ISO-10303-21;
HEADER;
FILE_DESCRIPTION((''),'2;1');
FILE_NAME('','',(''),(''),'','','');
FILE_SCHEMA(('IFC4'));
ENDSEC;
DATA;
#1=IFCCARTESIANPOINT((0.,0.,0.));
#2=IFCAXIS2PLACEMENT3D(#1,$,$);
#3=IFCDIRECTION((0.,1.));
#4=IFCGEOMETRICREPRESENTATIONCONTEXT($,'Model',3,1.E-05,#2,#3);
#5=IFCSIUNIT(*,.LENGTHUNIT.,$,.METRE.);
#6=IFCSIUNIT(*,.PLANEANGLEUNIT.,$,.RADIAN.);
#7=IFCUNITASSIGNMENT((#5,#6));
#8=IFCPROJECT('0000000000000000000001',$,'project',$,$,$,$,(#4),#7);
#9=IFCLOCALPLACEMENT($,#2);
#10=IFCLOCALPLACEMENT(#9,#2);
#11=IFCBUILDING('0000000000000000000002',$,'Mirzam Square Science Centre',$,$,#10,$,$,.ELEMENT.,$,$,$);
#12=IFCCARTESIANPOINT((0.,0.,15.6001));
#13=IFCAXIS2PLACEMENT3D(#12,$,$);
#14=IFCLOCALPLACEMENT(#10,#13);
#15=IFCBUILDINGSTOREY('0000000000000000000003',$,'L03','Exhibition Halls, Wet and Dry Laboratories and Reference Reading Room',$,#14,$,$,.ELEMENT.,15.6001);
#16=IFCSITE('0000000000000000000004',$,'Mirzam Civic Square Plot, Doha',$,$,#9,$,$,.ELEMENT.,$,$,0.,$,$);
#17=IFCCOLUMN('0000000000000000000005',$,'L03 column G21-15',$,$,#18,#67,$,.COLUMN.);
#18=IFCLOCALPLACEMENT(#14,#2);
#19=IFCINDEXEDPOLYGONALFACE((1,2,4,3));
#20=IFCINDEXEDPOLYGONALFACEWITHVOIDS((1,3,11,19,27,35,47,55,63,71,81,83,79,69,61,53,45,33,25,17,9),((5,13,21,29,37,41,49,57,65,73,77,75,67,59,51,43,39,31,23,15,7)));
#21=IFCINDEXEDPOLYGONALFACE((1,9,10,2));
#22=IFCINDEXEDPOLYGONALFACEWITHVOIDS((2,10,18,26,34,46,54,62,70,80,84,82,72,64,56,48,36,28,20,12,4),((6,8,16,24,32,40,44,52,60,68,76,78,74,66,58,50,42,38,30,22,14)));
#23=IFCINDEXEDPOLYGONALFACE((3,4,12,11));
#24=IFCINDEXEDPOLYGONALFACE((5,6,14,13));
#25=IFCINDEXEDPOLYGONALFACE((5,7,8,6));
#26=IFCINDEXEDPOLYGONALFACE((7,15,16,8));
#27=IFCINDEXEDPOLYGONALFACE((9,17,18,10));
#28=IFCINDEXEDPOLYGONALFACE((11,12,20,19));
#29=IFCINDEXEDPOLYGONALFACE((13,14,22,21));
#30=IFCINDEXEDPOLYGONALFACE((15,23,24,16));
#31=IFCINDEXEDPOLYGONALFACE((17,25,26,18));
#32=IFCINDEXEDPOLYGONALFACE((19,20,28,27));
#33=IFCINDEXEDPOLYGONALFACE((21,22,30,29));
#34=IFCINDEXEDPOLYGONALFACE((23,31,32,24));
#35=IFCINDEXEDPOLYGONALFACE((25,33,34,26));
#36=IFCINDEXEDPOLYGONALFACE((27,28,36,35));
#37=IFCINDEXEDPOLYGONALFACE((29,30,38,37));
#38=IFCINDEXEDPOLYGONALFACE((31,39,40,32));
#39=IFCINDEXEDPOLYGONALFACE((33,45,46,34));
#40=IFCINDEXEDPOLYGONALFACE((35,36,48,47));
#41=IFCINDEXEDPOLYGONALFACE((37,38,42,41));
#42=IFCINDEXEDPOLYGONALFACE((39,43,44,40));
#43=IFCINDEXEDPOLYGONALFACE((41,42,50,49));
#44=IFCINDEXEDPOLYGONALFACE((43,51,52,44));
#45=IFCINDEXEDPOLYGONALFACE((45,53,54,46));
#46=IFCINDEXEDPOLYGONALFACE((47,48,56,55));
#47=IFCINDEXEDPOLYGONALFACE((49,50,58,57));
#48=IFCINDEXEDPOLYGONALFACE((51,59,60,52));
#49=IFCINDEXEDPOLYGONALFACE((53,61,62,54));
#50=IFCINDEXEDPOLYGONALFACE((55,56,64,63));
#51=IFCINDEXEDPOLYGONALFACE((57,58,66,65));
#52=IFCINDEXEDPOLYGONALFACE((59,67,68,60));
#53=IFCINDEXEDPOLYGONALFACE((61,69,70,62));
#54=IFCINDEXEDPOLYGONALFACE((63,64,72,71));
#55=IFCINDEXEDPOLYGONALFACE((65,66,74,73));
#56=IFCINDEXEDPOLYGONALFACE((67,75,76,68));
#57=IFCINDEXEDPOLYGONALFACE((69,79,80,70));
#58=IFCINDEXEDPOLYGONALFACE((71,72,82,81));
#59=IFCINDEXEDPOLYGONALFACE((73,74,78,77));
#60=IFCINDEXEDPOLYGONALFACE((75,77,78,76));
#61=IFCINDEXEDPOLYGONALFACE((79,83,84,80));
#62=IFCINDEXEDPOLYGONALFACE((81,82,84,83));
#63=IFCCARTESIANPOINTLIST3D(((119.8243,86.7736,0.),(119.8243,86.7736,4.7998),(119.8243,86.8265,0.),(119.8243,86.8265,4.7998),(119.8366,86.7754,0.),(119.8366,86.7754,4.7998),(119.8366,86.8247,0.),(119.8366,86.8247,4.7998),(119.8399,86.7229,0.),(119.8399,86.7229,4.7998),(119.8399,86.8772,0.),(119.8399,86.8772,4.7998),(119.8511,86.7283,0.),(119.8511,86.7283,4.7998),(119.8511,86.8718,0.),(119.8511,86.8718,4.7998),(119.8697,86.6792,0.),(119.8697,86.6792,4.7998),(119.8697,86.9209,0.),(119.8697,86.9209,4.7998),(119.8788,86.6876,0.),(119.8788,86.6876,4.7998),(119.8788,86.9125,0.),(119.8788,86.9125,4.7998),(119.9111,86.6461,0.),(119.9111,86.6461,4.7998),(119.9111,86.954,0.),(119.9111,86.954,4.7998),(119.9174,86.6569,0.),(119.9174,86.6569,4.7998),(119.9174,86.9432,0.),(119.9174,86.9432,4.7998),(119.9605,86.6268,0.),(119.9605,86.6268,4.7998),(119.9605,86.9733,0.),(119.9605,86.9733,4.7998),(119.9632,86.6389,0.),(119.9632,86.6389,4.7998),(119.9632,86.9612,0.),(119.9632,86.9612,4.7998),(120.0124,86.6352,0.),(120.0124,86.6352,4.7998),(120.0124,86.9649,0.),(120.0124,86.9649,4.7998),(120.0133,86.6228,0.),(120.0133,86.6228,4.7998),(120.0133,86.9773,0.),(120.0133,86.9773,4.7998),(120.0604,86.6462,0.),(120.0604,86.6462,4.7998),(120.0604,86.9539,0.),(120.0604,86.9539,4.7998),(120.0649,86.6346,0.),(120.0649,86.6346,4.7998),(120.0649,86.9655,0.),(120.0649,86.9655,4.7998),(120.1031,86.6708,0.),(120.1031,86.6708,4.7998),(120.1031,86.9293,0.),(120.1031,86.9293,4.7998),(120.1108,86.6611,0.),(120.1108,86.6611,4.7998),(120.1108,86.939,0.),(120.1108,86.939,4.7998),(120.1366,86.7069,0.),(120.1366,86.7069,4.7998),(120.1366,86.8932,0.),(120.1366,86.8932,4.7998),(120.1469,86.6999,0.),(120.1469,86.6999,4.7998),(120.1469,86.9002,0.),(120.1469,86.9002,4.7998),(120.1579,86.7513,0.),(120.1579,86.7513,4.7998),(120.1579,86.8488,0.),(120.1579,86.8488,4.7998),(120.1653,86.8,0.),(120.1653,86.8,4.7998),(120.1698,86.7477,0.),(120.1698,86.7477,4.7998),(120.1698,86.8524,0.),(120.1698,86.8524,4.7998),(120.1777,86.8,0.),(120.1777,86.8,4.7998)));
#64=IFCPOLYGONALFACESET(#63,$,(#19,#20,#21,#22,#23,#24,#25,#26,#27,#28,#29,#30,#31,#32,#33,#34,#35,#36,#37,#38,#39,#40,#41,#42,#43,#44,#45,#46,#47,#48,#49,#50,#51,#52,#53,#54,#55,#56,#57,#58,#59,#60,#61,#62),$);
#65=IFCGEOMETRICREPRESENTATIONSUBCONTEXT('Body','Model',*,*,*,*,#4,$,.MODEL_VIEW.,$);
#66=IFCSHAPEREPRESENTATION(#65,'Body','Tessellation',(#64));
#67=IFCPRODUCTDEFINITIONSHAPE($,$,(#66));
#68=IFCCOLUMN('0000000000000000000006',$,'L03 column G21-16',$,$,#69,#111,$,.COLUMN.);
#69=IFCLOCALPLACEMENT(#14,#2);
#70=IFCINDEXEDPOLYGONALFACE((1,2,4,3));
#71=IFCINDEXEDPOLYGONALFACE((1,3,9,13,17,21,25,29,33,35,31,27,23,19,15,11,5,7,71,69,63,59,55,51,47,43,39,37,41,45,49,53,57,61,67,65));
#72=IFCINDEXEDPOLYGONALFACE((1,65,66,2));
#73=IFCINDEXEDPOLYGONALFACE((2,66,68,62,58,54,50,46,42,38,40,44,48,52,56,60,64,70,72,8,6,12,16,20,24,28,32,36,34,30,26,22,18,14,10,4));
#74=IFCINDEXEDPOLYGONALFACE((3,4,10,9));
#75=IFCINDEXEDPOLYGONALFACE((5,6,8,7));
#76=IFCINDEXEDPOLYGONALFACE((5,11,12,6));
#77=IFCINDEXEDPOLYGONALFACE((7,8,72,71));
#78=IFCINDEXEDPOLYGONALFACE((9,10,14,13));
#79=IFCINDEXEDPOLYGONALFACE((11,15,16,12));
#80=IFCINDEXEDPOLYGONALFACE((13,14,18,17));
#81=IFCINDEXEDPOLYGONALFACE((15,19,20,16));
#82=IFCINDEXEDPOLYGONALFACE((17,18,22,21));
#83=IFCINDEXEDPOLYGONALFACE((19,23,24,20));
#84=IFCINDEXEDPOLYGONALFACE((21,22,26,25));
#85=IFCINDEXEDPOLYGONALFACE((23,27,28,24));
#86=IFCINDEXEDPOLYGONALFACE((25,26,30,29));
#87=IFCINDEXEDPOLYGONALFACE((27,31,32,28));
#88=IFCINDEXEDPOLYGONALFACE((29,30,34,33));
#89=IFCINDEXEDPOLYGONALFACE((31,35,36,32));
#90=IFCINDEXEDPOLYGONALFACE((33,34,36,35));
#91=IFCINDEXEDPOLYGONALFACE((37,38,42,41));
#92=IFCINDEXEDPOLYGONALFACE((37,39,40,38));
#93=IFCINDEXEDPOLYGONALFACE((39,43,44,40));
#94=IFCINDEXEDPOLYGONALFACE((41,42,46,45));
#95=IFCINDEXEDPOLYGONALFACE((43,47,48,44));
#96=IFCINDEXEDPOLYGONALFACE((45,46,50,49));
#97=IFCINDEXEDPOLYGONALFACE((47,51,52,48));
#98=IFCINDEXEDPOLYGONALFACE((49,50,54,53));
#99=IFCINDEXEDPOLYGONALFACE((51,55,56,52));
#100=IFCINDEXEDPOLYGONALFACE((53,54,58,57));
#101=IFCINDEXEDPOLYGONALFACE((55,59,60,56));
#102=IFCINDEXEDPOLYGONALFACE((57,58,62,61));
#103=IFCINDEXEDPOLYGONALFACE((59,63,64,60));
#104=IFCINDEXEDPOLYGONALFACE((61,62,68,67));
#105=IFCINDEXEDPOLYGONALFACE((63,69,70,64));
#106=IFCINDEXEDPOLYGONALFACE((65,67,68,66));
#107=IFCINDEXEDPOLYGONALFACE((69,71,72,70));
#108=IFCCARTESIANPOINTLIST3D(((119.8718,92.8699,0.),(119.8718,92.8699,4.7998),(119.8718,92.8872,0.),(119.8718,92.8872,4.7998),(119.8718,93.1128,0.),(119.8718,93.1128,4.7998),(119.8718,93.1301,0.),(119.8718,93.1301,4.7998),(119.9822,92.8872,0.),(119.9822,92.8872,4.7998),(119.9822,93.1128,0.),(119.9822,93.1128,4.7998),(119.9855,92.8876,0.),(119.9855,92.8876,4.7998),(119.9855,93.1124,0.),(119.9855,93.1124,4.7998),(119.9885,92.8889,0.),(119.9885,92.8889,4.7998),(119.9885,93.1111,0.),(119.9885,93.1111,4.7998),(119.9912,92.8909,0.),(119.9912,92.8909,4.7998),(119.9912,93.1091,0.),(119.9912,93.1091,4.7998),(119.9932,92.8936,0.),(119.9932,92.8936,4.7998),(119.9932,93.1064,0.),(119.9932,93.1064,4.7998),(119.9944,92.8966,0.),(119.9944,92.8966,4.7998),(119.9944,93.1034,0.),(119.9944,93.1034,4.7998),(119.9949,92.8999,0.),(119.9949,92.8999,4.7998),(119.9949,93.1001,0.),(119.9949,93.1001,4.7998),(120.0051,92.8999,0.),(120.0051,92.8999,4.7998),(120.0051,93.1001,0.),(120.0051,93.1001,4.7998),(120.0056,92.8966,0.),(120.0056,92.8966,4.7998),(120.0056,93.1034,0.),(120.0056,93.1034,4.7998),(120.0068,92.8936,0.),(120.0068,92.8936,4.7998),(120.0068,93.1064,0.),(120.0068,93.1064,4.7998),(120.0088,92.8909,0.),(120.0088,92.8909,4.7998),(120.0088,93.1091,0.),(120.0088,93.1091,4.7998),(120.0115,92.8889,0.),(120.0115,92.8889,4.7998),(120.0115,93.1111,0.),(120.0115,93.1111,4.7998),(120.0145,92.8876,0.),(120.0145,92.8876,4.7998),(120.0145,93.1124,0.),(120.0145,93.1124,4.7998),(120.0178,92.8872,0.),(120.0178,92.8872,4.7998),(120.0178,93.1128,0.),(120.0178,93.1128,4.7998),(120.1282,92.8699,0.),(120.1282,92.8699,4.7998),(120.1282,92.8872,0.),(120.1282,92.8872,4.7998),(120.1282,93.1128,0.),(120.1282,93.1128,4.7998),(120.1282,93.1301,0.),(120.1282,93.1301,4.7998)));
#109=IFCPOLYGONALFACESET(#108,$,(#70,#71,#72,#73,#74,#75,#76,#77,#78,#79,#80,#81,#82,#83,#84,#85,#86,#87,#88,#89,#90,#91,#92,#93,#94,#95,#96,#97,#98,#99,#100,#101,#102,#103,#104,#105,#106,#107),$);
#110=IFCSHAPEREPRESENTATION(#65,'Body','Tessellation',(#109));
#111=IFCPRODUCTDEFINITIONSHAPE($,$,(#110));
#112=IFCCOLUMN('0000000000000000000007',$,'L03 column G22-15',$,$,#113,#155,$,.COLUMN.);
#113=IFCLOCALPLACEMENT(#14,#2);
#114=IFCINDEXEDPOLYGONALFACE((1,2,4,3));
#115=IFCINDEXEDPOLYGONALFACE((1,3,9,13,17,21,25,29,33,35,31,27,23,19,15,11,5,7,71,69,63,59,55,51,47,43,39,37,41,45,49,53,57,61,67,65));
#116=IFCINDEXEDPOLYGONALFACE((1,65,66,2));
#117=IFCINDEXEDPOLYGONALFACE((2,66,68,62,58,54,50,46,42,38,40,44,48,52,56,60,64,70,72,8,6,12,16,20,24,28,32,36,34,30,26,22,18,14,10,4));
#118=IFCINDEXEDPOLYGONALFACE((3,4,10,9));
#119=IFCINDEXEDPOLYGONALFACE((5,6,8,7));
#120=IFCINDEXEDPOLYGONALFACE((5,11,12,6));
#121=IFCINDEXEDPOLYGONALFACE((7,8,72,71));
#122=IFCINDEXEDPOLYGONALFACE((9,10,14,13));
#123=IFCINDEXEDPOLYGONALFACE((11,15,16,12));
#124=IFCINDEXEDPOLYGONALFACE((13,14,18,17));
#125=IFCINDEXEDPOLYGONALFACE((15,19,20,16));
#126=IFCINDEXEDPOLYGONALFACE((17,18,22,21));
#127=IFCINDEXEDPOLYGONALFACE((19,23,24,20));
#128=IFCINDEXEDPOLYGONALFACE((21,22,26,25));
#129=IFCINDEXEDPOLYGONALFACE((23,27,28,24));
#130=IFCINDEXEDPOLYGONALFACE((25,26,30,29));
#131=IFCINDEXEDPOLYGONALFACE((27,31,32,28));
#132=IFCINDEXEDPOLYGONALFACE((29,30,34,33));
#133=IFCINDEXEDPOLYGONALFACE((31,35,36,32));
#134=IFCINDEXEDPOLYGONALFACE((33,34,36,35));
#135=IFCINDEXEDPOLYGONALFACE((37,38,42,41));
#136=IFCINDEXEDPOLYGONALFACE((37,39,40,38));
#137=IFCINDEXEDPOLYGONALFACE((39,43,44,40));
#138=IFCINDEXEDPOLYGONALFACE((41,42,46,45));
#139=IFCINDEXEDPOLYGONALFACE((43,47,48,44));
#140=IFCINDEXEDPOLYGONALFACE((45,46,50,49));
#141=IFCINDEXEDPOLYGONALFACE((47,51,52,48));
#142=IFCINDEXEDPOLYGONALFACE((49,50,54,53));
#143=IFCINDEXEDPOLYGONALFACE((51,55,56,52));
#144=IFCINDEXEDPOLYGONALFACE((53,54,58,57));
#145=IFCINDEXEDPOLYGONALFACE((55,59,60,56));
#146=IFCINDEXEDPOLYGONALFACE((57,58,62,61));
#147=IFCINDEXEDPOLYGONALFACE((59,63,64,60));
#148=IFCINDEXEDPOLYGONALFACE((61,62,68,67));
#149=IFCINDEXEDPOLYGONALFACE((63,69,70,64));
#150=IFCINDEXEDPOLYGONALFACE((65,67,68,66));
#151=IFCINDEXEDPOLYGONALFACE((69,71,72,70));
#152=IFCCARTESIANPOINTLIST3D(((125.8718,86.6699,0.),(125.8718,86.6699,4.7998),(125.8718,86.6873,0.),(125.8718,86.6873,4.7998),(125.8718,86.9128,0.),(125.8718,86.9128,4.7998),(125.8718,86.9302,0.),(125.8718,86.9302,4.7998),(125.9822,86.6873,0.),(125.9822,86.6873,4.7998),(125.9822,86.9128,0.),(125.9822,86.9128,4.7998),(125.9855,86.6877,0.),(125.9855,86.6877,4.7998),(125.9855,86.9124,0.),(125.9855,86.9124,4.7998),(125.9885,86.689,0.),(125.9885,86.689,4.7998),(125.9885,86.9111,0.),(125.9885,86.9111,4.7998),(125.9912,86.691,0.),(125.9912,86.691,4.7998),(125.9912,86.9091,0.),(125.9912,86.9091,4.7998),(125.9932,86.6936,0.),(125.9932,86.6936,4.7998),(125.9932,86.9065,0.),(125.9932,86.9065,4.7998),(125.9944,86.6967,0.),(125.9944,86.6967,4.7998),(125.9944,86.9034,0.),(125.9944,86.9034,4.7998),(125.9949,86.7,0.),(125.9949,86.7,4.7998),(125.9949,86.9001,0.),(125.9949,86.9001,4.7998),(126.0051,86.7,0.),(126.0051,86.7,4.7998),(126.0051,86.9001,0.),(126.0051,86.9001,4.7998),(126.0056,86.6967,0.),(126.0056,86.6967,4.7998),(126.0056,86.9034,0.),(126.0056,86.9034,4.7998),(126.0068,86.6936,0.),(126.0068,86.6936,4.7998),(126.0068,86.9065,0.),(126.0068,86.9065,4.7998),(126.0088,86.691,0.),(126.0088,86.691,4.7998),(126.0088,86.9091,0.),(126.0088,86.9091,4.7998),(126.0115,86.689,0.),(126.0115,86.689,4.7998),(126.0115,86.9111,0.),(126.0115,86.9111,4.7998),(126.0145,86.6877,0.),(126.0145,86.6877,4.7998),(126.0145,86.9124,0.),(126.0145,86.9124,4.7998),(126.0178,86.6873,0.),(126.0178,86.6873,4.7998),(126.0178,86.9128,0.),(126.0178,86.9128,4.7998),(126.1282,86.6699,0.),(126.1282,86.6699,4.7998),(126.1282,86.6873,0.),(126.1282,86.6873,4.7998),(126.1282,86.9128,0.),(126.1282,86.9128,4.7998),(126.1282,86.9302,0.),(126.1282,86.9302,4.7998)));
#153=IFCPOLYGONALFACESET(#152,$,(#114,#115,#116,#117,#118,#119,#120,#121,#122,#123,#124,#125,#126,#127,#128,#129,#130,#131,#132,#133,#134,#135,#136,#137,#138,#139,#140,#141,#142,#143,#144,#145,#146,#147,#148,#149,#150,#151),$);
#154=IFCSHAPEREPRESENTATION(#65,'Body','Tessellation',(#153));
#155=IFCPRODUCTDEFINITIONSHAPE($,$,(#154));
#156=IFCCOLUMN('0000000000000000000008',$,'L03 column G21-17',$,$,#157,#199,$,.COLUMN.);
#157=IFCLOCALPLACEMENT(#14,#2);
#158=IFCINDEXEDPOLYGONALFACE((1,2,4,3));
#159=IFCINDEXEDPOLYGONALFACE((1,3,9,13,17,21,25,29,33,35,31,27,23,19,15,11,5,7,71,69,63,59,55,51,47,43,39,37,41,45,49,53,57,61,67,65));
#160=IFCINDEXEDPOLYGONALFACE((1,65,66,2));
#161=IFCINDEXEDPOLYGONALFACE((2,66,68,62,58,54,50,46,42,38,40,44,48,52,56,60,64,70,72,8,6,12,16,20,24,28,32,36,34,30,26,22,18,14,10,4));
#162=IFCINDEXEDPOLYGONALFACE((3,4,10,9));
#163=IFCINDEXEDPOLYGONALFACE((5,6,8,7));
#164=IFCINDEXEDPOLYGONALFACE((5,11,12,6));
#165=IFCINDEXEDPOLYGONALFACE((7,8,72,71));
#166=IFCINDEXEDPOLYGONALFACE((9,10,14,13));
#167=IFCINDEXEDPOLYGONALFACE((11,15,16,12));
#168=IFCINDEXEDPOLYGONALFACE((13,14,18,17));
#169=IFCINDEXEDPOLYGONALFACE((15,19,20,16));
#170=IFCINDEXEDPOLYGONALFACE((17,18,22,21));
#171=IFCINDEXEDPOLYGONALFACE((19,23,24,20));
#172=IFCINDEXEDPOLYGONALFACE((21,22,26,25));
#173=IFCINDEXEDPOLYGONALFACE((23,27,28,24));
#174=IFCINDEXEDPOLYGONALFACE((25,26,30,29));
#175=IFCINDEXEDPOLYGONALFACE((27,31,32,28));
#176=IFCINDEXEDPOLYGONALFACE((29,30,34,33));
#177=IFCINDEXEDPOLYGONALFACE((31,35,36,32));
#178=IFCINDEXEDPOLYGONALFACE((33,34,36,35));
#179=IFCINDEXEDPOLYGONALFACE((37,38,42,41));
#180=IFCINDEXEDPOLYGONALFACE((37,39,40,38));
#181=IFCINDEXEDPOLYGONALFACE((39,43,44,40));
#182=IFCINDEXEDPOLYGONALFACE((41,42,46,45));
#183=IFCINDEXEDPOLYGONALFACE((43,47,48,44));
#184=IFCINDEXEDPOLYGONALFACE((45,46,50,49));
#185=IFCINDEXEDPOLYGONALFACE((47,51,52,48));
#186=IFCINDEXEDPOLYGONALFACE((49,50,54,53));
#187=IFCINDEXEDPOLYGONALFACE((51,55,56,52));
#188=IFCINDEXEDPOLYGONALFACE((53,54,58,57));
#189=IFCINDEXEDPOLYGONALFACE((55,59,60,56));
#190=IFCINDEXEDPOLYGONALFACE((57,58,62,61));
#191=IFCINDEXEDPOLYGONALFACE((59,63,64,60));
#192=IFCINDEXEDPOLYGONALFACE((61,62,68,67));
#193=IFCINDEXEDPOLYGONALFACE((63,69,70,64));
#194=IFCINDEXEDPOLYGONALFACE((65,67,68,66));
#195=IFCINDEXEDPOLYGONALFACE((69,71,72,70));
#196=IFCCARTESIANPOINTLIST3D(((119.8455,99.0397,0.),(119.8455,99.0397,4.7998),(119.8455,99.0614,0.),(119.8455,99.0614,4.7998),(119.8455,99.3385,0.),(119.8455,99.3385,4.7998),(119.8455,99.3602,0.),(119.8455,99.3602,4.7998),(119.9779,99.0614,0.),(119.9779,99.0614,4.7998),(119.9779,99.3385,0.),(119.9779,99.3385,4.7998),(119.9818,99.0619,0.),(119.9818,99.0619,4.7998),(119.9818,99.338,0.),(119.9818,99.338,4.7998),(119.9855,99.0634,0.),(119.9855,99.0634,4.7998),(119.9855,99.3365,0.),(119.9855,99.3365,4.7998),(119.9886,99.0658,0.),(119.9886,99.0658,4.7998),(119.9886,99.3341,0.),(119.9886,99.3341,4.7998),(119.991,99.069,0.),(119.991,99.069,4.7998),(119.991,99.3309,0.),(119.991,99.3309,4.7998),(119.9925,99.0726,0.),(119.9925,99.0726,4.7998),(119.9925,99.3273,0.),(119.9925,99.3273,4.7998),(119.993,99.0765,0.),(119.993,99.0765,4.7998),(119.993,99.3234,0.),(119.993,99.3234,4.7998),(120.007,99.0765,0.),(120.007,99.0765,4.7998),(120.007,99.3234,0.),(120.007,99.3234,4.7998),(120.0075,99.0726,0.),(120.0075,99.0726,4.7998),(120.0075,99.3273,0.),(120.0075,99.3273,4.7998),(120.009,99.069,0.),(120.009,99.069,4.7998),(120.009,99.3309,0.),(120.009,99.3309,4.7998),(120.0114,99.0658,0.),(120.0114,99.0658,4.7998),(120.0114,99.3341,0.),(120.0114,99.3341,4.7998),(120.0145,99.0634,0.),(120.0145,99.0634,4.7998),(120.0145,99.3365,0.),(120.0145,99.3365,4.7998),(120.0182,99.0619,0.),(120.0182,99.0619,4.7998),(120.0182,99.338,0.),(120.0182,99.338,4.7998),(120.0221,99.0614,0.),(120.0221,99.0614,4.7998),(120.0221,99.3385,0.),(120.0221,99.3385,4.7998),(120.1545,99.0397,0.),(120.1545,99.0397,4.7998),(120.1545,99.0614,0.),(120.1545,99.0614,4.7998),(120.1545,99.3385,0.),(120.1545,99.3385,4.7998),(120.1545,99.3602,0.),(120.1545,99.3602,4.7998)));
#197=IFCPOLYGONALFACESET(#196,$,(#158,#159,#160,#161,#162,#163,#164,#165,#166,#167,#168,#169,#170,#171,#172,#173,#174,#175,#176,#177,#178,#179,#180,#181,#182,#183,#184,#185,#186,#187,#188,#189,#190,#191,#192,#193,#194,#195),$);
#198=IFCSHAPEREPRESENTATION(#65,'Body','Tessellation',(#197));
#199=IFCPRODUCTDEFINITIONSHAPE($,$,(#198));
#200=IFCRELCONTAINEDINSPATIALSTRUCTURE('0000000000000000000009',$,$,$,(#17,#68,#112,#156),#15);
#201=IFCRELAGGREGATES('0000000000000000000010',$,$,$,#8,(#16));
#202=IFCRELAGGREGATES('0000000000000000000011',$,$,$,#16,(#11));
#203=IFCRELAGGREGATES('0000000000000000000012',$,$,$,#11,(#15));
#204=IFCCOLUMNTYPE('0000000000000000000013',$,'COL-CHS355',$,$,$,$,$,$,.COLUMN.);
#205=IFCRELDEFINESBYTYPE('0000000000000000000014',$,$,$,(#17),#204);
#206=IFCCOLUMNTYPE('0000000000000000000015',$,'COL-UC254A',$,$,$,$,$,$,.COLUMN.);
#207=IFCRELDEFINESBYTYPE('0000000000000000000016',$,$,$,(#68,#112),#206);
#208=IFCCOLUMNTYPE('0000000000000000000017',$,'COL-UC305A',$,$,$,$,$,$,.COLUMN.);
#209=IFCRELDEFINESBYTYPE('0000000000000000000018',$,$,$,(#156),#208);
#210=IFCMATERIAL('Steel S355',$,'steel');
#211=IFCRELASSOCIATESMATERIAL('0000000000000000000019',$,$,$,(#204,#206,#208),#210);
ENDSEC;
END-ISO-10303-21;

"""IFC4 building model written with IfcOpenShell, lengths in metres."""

from ifc_helpers import new_model, si_unit, direction, frame, origin, origin_2d, place, context, subcontext, project, spatial, hollow_circle, i_section, extrude, material, material_profile, profile_set, type_object, element, save


model = new_model("IFC4")

# Units and contexts
model_context = context("Model", 3, precision=1e-05, world=origin(), true_north=direction((0.0, 1.0)))
body_context = subcontext(model_context, "Body", "Model", "MODEL_VIEW")
ifc_project = project(units=[si_unit("LENGTHUNIT", "METRE"), si_unit("PLANEANGLEUNIT", "RADIAN")], contexts=[model_context])

# Site, building, storey
site_placement = place(None, origin())
site = spatial("IfcSite", under=ifc_project, at=site_placement, Name="Mirzam Civic Square Plot, Doha", CompositionType="ELEMENT", RefElevation=0.0)
building_placement = place(site_placement, origin())
building = spatial("IfcBuilding", under=site, at=building_placement, Name="Mirzam Square Science Centre", CompositionType="ELEMENT")
storey_placement = place(building_placement, frame((0.0, 0.0, 15.6001)))
storey = spatial("IfcBuildingStorey", under=building, at=storey_placement, Name="L03", Description="Exhibition Halls, Wet and Dry Laboratories and Reference Reading Room", CompositionType="ELEMENT", Elevation=15.6001)

# Columns
ifc_material_1 = material(Name="Steel S355", Category="steel")
ifc_material_profile_1 = material_profile(ifc_material_1, hollow_circle(Radius=0.1777, WallThickness=0.0125, at=origin_2d()), Name="355.6x12.5CHS")
ifc_profile_set_1 = profile_set([ifc_material_profile_1], Name="Steel S355")
column_type_1 = type_object("IfcColumnType", Name="COL-CHS355", PredefinedType="COLUMN", material=ifc_profile_set_1)
column_placement = place(storey_placement, frame((120.0, 86.8, 0.0), z_axis=(0.0, 0.0, 1.0), x_axis=(1.0, 0.0, 0.0)))
element("IfcColumn", 1, at=column_placement, inside=storey, type_object=column_type_1, Name="L03 column G21-15", PredefinedType="COLUMN", context=body_context, shape_type="SweptSolid", body=[
    extrude(hollow_circle(Radius=0.1777, WallThickness=0.0125, at=origin_2d()), origin(), (0.0, 0.0, 1.0), 4.7998),
])
ifc_material_profile_2 = material_profile(ifc_material_1, i_section(OverallWidth=0.2563, OverallDepth=0.2603, WebThickness=0.0103, FlangeThickness=0.0173, FilletRadius=0.0127, at=origin_2d()), Name="254x254x89UC")
ifc_profile_set_2 = profile_set([ifc_material_profile_2], Name="Steel S355")
column_type_2 = type_object("IfcColumnType", Name="COL-UC254A", PredefinedType="COLUMN", material=ifc_profile_set_2)
for number, where, z_axis, x_axis, name in (
    (2, (120.0, 93.0, 0.0), (0.0, 0.0, 1.0), (1.0, 0.0, 0.0), "L03 column G21-16"),
    (3, (126.0, 86.8, 0.0), (0.0, 0.0, 1.0), (1.0, 0.0, 0.0), "L03 column G22-15"),
):
    element("IfcColumn", number, at=place(storey_placement, frame(where, z_axis=z_axis, x_axis=x_axis)), inside=storey, type_object=column_type_2, Name=name, PredefinedType="COLUMN", context=body_context, shape_type="SweptSolid", body=[
        extrude(i_section(OverallWidth=0.2563, OverallDepth=0.2603, WebThickness=0.0103, FlangeThickness=0.0173, FilletRadius=0.0127, at=origin_2d()), origin(), (0.0, 0.0, 1.0), 4.7998),
    ])
ifc_material_profile_3 = material_profile(ifc_material_1, i_section(OverallWidth=0.3091, OverallDepth=0.3206, WebThickness=0.0139, FlangeThickness=0.0217, FilletRadius=0.0151, at=origin_2d()), Name="305x305x137UC")
ifc_profile_set_3 = profile_set([ifc_material_profile_3], Name="Steel S355")
column_type_3 = type_object("IfcColumnType", Name="COL-UC305A", PredefinedType="COLUMN", material=ifc_profile_set_3)
for number, where, z_axis, x_axis, name in (
    (4, (120.0, 99.2, 0.0), (0.0, 0.0, 1.0), (1.0, 0.0, 0.0), "L03 column G21-17"),
):
    element("IfcColumn", number, at=place(storey_placement, frame(where, z_axis=z_axis, x_axis=x_axis)), inside=storey, type_object=column_type_3, Name=name, PredefinedType="COLUMN", context=body_context, shape_type="SweptSolid", body=[
        extrude(i_section(OverallWidth=0.3091, OverallDepth=0.3206, WebThickness=0.0139, FlangeThickness=0.0217, FilletRadius=0.0151, at=origin_2d()), origin(), (0.0, 0.0, 1.0), 4.7998),
    ])

save(model, "model.ifc")
